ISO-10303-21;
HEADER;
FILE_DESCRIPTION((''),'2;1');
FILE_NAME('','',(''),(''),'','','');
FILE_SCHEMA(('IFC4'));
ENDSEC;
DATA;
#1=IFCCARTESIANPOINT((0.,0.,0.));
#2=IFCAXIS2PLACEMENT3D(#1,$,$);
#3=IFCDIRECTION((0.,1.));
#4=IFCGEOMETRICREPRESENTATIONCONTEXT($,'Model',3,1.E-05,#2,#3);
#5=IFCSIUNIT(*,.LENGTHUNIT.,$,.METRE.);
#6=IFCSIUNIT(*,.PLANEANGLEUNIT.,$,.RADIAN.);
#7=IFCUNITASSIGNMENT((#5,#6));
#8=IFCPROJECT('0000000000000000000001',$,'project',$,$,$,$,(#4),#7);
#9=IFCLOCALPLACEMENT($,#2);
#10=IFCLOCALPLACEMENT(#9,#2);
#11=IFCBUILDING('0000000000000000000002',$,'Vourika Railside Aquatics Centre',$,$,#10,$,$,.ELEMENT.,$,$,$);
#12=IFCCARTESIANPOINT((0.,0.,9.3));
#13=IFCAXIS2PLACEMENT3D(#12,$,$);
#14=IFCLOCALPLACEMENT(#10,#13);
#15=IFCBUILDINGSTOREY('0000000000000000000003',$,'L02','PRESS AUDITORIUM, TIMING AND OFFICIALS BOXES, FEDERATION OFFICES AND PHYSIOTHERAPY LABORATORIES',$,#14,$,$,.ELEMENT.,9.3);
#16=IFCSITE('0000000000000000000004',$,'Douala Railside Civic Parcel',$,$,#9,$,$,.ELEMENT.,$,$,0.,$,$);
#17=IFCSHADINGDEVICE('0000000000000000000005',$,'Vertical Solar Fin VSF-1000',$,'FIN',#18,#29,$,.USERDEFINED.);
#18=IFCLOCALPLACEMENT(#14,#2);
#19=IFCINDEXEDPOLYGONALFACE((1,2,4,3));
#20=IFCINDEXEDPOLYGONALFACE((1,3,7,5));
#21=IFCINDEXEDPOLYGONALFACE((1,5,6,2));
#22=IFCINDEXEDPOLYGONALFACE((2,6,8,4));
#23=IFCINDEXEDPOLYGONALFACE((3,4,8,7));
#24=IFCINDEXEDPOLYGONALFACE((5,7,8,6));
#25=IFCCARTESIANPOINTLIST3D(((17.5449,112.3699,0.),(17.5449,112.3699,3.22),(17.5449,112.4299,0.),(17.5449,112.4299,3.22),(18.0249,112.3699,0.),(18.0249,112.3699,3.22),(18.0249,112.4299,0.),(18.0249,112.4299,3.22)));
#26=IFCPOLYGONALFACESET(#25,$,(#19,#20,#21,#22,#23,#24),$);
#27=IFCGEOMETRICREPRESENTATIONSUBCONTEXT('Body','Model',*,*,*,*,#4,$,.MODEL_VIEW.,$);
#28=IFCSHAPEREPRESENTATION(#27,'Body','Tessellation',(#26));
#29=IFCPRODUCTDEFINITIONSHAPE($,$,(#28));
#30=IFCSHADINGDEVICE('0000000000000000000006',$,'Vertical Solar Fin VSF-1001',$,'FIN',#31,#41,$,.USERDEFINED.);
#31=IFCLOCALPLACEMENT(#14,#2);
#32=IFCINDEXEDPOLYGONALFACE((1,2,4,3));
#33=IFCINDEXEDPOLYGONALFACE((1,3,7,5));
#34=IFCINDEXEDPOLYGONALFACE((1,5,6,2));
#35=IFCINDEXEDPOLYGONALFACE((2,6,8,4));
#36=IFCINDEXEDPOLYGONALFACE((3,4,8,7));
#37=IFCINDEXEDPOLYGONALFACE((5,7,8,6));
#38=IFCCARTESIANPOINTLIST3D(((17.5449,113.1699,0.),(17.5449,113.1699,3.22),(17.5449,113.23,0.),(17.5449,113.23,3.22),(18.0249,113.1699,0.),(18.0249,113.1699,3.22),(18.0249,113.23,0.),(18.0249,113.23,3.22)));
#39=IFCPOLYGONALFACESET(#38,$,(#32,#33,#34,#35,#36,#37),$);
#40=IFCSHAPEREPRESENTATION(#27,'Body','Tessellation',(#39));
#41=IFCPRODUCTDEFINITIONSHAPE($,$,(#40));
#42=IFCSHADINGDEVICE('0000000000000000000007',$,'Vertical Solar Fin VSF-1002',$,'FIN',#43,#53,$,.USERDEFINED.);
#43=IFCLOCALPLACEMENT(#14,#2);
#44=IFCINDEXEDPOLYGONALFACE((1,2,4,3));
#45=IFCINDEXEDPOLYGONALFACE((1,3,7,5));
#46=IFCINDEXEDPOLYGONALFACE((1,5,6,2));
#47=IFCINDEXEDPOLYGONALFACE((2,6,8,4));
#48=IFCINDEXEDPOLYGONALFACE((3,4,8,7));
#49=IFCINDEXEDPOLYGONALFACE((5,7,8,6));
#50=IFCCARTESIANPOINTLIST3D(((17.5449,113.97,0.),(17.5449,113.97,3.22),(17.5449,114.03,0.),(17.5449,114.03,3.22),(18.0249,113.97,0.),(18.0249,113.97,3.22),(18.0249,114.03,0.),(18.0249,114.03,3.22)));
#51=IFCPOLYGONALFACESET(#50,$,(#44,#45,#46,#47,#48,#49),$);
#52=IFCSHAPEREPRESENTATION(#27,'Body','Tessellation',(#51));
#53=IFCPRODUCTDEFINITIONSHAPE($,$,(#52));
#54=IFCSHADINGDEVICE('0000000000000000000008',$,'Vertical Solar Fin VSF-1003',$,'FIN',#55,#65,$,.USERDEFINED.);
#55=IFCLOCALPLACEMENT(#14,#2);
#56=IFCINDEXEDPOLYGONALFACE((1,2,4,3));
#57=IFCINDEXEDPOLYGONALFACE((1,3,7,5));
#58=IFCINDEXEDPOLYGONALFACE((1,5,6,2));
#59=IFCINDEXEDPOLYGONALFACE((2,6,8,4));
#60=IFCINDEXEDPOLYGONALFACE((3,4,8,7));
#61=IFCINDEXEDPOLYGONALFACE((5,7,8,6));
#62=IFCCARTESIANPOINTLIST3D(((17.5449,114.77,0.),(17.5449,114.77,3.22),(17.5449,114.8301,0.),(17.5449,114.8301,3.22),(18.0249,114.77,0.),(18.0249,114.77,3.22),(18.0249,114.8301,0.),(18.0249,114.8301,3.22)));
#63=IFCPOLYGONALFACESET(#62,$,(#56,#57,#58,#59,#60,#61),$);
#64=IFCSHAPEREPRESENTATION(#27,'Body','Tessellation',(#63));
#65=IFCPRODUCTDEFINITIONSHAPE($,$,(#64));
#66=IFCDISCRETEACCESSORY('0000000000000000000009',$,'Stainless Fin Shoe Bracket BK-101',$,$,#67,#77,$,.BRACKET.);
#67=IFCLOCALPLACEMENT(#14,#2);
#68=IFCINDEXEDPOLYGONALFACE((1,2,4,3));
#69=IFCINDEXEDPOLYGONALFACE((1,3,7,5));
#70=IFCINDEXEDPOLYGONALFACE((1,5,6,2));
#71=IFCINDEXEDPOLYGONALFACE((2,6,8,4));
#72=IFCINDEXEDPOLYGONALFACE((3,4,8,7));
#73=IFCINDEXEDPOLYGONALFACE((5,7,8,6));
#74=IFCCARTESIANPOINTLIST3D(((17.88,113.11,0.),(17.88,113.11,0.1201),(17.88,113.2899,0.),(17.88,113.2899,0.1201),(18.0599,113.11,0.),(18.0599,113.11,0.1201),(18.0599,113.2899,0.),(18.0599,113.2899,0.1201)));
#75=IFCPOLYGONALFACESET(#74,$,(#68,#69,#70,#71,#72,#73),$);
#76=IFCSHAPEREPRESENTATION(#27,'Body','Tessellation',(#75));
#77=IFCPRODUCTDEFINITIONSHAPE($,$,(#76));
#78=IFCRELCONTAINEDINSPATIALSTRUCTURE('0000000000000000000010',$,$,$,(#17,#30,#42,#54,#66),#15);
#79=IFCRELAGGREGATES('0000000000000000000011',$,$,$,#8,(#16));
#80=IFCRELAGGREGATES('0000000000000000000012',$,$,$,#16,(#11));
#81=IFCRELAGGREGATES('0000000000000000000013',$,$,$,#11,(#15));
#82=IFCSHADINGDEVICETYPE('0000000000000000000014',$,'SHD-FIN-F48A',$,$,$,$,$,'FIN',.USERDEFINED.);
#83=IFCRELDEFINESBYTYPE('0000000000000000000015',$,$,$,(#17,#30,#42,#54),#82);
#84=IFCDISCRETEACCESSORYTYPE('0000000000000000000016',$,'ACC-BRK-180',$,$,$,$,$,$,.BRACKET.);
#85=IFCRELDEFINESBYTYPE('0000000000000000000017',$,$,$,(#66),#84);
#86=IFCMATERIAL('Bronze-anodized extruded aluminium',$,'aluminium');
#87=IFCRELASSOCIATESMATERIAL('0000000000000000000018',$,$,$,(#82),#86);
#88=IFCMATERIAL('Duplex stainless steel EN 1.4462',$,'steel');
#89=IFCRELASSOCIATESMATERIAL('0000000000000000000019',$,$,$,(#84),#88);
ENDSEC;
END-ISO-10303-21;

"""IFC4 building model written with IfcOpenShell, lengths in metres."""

from ifc_helpers import new_model, si_unit, direction, frame, origin, origin_2d, place, context, subcontext, project, spatial, rectangle, extrude, material, material_profile, profile_set, type_object, element, save


model = new_model("IFC4")

# Units and contexts
model_context = context("Model", 3, precision=1e-05, world=origin(), true_north=direction((0.0, 1.0)))
body_context = subcontext(model_context, "Body", "Model", "MODEL_VIEW")
ifc_project = project(units=[si_unit("LENGTHUNIT", "METRE"), si_unit("PLANEANGLEUNIT", "RADIAN")], contexts=[model_context])

# Site, building, storey
site_placement = place(None, origin())
site = spatial("IfcSite", under=ifc_project, at=site_placement, Name="Douala Railside Civic Parcel", CompositionType="ELEMENT", RefElevation=0.0)
building_placement = place(site_placement, origin())
building = spatial("IfcBuilding", under=site, at=building_placement, Name="Vourika Railside Aquatics Centre", CompositionType="ELEMENT")
storey_placement = place(building_placement, frame((0.0, 0.0, 9.3)))
storey = spatial("IfcBuildingStorey", under=building, at=storey_placement, Name="L02", Description="PRESS AUDITORIUM, TIMING AND OFFICIALS BOXES, FEDERATION OFFICES AND PHYSIOTHERAPY LABORATORIES", CompositionType="ELEMENT", Elevation=9.3)

# Shading devices
ifc_material_1 = material(Name="Bronze-anodized extruded aluminium", Category="aluminium")
ifc_material_profile_1 = material_profile(ifc_material_1, rectangle(XDim=0.0601, YDim=0.48, at=origin_2d()), Name="ALU-FIN 60x480")
ifc_profile_set_1 = profile_set([ifc_material_profile_1], Name="Bronze-anodized extruded aluminium")
shading_device_type = type_object("IfcShadingDeviceType", Name="SHD-FIN-F48A", ElementType="FIN", PredefinedType="USERDEFINED", material=ifc_profile_set_1)
for number, where, z_axis, x_axis, name in (
    (1, (17.7849, 112.3999, 0.0), (0.0, 0.0, 1.0), (0.0, 1.0, 0.0), "Vertical Solar Fin VSF-1000"),
    (2, (17.7849, 113.2, 0.0), (0.0, 0.0, 1.0), (0.0, 1.0, 0.0), "Vertical Solar Fin VSF-1001"),
    (3, (17.7849, 114.0, 0.0), (0.0, 0.0, 1.0), (0.0, 1.0, 0.0), "Vertical Solar Fin VSF-1002"),
    (4, (17.7849, 114.8, 0.0), (0.0, 0.0, 1.0), (0.0, 1.0, 0.0), "Vertical Solar Fin VSF-1003"),
):
    element("IfcShadingDevice", number, at=place(storey_placement, frame(where, z_axis=z_axis, x_axis=x_axis)), inside=storey, type_object=shading_device_type, Name=name, ObjectType="FIN", PredefinedType="USERDEFINED", context=body_context, shape_type="SweptSolid", body=[
        extrude(rectangle(XDim=0.0601, YDim=0.48, at=origin_2d()), origin(), (0.0, 0.0, 1.0), 3.22),
    ])

# Discrete accessory
ifc_material_2 = material(Name="Duplex stainless steel EN 1.4462", Category="steel")
discrete_accessory_type = type_object("IfcDiscreteAccessoryType", Name="ACC-BRK-180", PredefinedType="BRACKET", material=ifc_material_2)
discrete_accessory_placement = place(storey_placement, frame((17.97, 113.2, 0.0), z_axis=(0.0, 0.0, 1.0), x_axis=(-1.0, 0.0, 0.0)))
element("IfcDiscreteAccessory", 5, at=discrete_accessory_placement, inside=storey, type_object=discrete_accessory_type, Name="Stainless Fin Shoe Bracket BK-101", PredefinedType="BRACKET", context=body_context, shape_type="SweptSolid", body=[
    extrude(rectangle(XDim=0.1799, YDim=0.1799, at=origin_2d()), origin(), (0.0, 0.0, 1.0), 0.1201),
])

save(model, "model.ifc")
